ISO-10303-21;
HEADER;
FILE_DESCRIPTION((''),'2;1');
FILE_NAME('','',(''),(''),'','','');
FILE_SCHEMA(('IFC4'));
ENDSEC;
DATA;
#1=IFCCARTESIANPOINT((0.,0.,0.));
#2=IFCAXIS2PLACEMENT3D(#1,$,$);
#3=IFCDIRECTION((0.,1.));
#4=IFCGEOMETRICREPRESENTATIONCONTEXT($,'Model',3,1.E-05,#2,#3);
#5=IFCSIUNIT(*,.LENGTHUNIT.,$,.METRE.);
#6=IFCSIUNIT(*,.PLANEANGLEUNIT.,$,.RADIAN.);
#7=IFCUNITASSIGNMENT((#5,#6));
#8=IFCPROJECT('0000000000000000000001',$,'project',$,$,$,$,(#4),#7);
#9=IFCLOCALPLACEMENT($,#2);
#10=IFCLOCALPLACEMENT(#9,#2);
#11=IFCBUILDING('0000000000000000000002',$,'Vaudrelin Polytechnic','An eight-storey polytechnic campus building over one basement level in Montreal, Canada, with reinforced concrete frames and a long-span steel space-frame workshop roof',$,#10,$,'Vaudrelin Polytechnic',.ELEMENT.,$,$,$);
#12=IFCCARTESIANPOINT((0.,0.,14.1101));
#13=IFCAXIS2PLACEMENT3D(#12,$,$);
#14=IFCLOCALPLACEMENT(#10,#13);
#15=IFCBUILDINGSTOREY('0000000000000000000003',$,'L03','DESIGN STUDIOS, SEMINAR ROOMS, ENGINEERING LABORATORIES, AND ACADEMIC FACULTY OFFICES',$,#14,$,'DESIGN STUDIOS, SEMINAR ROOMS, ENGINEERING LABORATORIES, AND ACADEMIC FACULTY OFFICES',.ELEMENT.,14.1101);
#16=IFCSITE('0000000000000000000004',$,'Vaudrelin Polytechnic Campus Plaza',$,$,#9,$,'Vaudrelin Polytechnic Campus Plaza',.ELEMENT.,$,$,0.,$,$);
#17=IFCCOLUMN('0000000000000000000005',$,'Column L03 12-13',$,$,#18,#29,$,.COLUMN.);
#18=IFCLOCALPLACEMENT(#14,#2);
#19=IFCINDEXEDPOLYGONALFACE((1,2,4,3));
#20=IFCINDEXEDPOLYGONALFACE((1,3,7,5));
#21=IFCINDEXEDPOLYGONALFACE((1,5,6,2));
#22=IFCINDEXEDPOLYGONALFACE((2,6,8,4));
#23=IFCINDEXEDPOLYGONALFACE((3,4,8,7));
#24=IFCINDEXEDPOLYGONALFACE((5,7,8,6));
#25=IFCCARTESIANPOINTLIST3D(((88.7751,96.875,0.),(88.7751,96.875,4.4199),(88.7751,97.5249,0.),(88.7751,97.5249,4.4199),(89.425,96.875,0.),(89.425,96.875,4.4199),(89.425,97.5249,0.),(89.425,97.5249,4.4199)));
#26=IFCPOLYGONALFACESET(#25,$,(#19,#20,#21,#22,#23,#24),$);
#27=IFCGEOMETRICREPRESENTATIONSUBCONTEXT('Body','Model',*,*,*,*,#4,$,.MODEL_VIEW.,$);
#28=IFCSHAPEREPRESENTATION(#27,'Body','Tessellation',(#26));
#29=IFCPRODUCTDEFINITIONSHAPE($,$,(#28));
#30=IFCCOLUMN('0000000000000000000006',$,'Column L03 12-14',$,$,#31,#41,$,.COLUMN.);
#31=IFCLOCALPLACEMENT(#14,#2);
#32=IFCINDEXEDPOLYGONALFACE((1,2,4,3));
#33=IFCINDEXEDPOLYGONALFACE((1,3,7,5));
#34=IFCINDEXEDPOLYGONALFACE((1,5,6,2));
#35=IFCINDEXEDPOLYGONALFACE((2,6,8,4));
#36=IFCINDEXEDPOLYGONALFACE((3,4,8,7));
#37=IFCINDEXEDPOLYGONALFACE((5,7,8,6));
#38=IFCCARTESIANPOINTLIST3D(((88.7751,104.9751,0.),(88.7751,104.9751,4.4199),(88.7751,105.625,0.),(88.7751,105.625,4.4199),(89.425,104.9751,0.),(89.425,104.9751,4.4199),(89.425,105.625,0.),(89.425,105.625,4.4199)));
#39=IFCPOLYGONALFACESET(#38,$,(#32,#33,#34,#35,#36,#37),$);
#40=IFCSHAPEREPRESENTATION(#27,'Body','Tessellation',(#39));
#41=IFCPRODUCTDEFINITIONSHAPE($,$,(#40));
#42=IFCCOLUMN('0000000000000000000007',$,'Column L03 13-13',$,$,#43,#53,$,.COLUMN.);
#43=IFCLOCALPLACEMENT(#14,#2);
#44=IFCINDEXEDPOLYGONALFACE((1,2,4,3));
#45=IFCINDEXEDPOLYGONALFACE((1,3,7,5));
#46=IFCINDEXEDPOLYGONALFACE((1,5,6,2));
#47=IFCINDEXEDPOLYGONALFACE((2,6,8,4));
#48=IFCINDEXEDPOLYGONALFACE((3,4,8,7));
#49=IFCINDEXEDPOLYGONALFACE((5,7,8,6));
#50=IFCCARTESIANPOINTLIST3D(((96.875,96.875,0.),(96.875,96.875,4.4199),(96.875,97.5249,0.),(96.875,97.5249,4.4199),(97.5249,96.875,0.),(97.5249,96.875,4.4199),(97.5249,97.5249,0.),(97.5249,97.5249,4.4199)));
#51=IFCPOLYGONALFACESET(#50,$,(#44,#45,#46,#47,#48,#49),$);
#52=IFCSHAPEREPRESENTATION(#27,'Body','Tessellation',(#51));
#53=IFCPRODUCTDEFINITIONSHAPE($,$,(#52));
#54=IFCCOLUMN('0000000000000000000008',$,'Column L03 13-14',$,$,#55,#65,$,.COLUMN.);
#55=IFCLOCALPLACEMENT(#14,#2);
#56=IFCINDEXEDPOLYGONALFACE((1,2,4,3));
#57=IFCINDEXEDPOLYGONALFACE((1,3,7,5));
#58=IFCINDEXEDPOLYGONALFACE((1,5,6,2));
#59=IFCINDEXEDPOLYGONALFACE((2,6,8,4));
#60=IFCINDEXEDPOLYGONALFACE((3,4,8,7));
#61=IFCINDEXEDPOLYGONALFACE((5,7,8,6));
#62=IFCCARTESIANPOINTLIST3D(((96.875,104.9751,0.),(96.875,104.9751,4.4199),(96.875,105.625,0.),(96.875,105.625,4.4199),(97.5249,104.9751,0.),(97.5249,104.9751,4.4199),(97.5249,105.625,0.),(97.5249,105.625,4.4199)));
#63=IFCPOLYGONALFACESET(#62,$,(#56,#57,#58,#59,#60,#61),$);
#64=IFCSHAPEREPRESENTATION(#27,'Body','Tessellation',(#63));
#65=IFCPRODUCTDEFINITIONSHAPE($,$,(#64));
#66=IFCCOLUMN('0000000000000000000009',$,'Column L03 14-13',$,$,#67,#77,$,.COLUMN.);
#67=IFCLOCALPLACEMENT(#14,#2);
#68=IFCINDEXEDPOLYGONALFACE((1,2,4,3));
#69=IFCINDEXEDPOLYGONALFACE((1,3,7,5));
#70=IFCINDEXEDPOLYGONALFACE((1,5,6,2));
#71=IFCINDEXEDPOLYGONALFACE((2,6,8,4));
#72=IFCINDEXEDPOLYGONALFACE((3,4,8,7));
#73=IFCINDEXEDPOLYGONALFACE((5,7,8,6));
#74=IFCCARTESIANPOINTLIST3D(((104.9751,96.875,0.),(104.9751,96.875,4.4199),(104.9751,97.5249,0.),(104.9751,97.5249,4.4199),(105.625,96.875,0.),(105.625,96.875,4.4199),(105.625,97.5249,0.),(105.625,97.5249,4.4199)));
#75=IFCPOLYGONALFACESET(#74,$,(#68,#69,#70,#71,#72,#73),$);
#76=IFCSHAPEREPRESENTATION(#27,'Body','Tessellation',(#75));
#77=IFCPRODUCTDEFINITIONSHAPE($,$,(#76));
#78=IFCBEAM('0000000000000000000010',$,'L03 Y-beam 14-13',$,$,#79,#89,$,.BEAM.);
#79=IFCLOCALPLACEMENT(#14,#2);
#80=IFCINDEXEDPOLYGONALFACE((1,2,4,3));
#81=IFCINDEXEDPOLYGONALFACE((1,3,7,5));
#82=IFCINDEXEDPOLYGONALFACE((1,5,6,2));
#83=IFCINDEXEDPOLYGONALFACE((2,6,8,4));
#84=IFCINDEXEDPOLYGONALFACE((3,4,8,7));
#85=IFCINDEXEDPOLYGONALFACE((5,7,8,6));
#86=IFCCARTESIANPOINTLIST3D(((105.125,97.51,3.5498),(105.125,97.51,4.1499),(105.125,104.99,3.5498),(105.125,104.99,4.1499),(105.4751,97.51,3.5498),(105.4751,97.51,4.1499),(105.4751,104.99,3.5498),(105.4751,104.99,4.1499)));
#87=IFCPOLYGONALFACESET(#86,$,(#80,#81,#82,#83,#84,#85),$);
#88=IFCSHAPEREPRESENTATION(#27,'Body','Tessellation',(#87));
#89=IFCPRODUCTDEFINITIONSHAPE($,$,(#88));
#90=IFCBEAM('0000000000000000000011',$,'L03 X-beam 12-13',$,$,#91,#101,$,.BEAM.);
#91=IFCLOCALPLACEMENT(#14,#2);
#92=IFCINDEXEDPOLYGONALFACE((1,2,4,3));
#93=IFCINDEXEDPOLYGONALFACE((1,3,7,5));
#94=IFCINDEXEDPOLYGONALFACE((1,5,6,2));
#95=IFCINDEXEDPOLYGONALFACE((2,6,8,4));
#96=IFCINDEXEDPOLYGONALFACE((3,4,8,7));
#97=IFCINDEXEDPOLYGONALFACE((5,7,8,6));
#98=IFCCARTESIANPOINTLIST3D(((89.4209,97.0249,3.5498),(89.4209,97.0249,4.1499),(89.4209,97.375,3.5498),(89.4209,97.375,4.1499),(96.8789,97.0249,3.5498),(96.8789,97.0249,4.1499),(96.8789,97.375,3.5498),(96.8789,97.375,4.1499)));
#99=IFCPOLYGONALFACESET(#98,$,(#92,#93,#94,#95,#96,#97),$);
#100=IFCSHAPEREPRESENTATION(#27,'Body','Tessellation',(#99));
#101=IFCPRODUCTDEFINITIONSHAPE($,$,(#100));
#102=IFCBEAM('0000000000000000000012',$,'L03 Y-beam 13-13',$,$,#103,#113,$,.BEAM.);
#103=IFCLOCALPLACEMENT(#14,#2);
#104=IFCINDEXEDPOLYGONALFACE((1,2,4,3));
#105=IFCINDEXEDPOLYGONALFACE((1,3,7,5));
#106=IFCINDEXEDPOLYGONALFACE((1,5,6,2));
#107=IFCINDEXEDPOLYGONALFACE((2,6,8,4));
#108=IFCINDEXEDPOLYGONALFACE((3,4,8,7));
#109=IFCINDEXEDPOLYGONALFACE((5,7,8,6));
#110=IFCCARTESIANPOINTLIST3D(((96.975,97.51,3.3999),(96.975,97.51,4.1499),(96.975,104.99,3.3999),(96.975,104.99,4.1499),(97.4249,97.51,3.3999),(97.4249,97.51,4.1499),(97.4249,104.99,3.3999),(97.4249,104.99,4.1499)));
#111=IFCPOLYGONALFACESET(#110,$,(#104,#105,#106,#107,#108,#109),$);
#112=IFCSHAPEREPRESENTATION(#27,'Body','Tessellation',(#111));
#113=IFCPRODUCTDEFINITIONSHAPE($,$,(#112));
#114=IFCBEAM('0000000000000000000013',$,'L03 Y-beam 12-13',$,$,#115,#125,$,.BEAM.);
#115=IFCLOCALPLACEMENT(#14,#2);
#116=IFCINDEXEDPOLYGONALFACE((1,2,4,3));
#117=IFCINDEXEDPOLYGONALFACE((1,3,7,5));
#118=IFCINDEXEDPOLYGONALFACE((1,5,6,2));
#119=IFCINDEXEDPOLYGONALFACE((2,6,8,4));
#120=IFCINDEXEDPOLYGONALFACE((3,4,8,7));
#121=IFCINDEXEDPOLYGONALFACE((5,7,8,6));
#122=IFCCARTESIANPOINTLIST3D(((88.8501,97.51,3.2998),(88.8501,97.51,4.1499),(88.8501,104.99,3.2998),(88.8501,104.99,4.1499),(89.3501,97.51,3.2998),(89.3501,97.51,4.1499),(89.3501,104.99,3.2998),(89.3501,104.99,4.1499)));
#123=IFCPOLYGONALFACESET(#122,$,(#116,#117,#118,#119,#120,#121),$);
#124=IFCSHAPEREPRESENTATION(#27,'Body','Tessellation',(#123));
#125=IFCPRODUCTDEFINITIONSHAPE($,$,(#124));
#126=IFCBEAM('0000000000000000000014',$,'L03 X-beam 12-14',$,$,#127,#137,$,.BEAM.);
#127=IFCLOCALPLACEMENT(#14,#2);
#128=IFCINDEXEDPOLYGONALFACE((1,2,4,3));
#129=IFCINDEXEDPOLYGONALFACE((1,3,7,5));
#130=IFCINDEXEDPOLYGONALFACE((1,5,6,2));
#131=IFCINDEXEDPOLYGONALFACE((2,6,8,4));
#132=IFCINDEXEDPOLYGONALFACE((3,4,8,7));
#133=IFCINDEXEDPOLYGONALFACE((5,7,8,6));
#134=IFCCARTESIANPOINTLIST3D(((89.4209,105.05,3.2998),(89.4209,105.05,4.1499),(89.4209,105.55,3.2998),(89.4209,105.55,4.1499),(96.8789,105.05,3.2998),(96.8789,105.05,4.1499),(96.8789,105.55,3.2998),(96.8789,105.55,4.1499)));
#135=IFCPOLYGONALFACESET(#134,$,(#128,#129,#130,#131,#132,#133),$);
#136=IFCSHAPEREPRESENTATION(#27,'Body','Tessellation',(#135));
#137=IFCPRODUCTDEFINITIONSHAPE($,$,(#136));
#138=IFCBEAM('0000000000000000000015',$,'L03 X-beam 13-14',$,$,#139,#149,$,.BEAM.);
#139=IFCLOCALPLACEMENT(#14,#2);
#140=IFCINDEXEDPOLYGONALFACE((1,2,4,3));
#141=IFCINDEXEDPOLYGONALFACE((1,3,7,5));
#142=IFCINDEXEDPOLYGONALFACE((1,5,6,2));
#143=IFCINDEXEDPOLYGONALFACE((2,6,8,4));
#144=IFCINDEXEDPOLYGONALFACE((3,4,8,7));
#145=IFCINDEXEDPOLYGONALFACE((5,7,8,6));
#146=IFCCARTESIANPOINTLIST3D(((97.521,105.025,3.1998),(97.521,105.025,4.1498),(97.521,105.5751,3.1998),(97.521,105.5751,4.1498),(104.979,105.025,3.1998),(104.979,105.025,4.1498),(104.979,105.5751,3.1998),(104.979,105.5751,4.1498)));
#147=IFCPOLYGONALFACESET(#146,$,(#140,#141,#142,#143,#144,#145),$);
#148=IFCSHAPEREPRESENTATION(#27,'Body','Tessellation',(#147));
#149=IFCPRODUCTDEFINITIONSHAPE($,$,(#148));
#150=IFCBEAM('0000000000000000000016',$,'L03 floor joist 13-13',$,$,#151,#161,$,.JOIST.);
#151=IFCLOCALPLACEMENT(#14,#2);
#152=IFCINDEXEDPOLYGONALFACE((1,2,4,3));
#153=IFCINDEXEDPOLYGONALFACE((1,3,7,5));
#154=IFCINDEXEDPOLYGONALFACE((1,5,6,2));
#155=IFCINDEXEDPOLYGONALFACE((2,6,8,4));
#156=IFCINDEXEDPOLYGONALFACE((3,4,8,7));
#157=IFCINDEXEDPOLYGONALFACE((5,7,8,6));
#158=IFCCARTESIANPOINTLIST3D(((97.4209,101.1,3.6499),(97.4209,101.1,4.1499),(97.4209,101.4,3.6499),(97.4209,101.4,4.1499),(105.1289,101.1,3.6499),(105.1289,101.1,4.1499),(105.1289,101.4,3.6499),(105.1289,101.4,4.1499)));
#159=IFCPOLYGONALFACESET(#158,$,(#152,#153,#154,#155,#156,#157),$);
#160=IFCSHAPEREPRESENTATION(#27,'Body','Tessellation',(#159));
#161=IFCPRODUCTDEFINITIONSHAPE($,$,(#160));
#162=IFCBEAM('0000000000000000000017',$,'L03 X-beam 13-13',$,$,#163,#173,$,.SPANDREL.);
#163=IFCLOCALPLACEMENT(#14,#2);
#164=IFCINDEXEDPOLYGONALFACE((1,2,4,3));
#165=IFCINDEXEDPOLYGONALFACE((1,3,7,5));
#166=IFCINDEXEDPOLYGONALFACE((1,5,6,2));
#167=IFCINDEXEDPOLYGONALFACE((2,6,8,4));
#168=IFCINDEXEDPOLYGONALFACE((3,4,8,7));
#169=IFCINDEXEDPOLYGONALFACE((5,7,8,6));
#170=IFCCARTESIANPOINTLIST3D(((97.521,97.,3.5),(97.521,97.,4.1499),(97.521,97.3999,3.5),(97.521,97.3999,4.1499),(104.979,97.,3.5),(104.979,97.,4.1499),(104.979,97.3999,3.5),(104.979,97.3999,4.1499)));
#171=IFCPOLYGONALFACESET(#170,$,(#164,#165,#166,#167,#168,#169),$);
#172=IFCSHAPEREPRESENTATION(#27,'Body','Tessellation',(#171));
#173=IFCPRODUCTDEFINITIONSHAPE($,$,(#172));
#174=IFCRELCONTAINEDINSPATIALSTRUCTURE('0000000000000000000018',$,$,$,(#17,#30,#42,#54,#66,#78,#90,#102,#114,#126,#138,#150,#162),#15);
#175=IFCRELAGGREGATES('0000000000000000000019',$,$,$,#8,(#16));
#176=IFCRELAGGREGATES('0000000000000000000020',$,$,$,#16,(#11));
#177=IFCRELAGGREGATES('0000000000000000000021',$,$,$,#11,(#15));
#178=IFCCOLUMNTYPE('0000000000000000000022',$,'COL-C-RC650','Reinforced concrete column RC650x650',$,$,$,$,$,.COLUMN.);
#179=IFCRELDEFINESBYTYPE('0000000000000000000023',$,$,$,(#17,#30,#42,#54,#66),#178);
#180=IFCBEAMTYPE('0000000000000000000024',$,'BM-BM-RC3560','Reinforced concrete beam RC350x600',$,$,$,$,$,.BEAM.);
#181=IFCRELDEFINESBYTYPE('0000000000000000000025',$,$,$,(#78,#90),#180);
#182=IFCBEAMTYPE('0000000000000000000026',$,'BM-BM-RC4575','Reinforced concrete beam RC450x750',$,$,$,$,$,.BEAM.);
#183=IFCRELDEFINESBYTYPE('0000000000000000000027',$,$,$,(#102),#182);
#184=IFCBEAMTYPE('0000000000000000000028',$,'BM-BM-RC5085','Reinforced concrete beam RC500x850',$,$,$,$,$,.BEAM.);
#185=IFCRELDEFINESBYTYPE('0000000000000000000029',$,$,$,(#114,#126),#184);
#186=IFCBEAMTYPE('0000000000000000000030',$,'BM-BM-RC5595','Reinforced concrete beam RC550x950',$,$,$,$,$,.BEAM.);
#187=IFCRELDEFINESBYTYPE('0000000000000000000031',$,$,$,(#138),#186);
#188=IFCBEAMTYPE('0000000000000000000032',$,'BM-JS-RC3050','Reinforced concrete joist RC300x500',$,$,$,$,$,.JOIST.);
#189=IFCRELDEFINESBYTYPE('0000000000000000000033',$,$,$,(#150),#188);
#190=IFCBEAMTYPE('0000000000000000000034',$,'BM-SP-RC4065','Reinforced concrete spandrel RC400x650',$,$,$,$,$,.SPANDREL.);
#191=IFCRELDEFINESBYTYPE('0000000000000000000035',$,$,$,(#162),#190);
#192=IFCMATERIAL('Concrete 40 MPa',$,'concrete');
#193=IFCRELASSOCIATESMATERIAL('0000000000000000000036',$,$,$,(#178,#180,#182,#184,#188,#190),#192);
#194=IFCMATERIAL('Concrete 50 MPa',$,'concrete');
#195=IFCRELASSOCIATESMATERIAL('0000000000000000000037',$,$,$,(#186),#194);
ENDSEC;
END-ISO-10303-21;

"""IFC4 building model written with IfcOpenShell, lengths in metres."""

from ifc_helpers import new_model, si_unit, direction, frame, origin, origin_2d, place, context, subcontext, project, spatial, rectangle, extrude, material, material_profile, profile_set, type_object, element, save


model = new_model("IFC4")

# Units and contexts
model_context = context("Model", 3, precision=1e-05, world=origin(), true_north=direction((0.0, 1.0)))
body_context = subcontext(model_context, "Body", "Model", "MODEL_VIEW")
ifc_project = project(units=[si_unit("LENGTHUNIT", "METRE"), si_unit("PLANEANGLEUNIT", "RADIAN")], contexts=[model_context])

# Site, building, storey
site_placement = place(None, origin())
site = spatial("IfcSite", under=ifc_project, at=site_placement, Name="Vaudrelin Polytechnic Campus Plaza", LongName="Vaudrelin Polytechnic Campus Plaza", CompositionType="ELEMENT", RefElevation=0.0)
building_placement = place(site_placement, origin())
building = spatial("IfcBuilding", under=site, at=building_placement, Name="Vaudrelin Polytechnic", Description="An eight-storey polytechnic campus building over one basement level in Montreal, Canada, with reinforced concrete frames and a long-span steel space-frame workshop roof", LongName="Vaudrelin Polytechnic", CompositionType="ELEMENT")
storey_placement = place(building_placement, frame((0.0, 0.0, 14.1101)))
storey = spatial("IfcBuildingStorey", under=building, at=storey_placement, Name="L03", Description="DESIGN STUDIOS, SEMINAR ROOMS, ENGINEERING LABORATORIES, AND ACADEMIC FACULTY OFFICES", LongName="DESIGN STUDIOS, SEMINAR ROOMS, ENGINEERING LABORATORIES, AND ACADEMIC FACULTY OFFICES", CompositionType="ELEMENT", Elevation=14.1101)

# Columns
ifc_material_1 = material(Name="Concrete 40 MPa", Category="concrete")
ifc_material_profile_1 = material_profile(ifc_material_1, rectangle(XDim=0.6499, YDim=0.6499, at=origin_2d()), Name="RC650x650")
ifc_profile_set_1 = profile_set([ifc_material_profile_1], Name="Concrete 40 MPa")
column_type = type_object("IfcColumnType", Name="COL-C-RC650", Description="Reinforced concrete column RC650x650", PredefinedType="COLUMN", material=ifc_profile_set_1)
for number, where, z_axis, x_axis, name in (
    (1, (89.1001, 97.2, 0.0), (0.0, 0.0, 1.0), (1.0, 0.0, 0.0), "Column L03 12-13"),
    (2, (89.1001, 105.3, 0.0), (0.0, 0.0, 1.0), (1.0, 0.0, 0.0), "Column L03 12-14"),
    (3, (97.2, 97.2, 0.0), (0.0, 0.0, 1.0), (1.0, 0.0, 0.0), "Column L03 13-13"),
    (4, (97.2, 105.3, 0.0), (0.0, 0.0, 1.0), (1.0, 0.0, 0.0), "Column L03 13-14"),
    (5, (105.3, 97.2, 0.0), (0.0, 0.0, 1.0), (1.0, 0.0, 0.0), "Column L03 14-13"),
):
    element("IfcColumn", number, at=place(storey_placement, frame(where, z_axis=z_axis, x_axis=x_axis)), inside=storey, type_object=column_type, Name=name, PredefinedType="COLUMN", context=body_context, shape_type="SweptSolid", body=[
        extrude(rectangle(XDim=0.6499, YDim=0.6499, at=origin_2d()), origin(), (0.0, 0.0, 1.0), 4.4199),
    ])

# Beams
ifc_material_profile_2 = material_profile(ifc_material_1, rectangle(XDim=0.3501, YDim=0.6001, at=origin_2d()), Name="RC350x600")
ifc_profile_set_2 = profile_set([ifc_material_profile_2], Name="Concrete 40 MPa")
beam_type_1 = type_object("IfcBeamType", Name="BM-BM-RC3560", Description="Reinforced concrete beam RC350x600", PredefinedType="BEAM", material=ifc_profile_set_2)
beam_1_placement = place(storey_placement, frame((105.3, 97.51, 3.8499), z_axis=(0.0, 1.0, 0.0), x_axis=(-1.0, 0.0, 0.0)))
element("IfcBeam", 6, at=beam_1_placement, inside=storey, type_object=beam_type_1, Name="L03 Y-beam 14-13", PredefinedType="BEAM", context=body_context, shape_type="SweptSolid", body=[
    extrude(rectangle(XDim=0.3501, YDim=0.6001, at=origin_2d()), origin(), (0.0, 0.0, 1.0), 7.48),
])
beam_2_placement = place(storey_placement, frame((89.4209, 97.2, 3.8499), z_axis=(1.0, 0.0, 0.0), x_axis=(0.0, 1.0, 0.0)))
element("IfcBeam", 7, at=beam_2_placement, inside=storey, type_object=beam_type_1, Name="L03 X-beam 12-13", PredefinedType="BEAM", context=body_context, shape_type="SweptSolid", body=[
    extrude(rectangle(XDim=0.3501, YDim=0.6001, at=origin_2d()), origin(), (0.0, 0.0, 1.0), 7.458),
])
ifc_material_profile_3 = material_profile(ifc_material_1, rectangle(XDim=0.45, YDim=0.75, at=origin_2d()), Name="RC450x750")
ifc_profile_set_3 = profile_set([ifc_material_profile_3], Name="Concrete 40 MPa")
beam_type_2 = type_object("IfcBeamType", Name="BM-BM-RC4575", Description="Reinforced concrete beam RC450x750", PredefinedType="BEAM", material=ifc_profile_set_3)
beam_3_placement = place(storey_placement, frame((97.2, 97.51, 3.7749), z_axis=(0.0, 1.0, 0.0), x_axis=(-1.0, 0.0, 0.0)))
element("IfcBeam", 8, at=beam_3_placement, inside=storey, type_object=beam_type_2, Name="L03 Y-beam 13-13", PredefinedType="BEAM", context=body_context, shape_type="SweptSolid", body=[
    extrude(rectangle(XDim=0.45, YDim=0.75, at=origin_2d()), origin(), (0.0, 0.0, 1.0), 7.48),
])
ifc_material_profile_4 = material_profile(ifc_material_1, rectangle(XDim=0.5, YDim=0.8501, at=origin_2d()), Name="RC500x850")
ifc_profile_set_4 = profile_set([ifc_material_profile_4], Name="Concrete 40 MPa")
beam_type_3 = type_object("IfcBeamType", Name="BM-BM-RC5085", Description="Reinforced concrete beam RC500x850", PredefinedType="BEAM", material=ifc_profile_set_4)
beam_4_placement = place(storey_placement, frame((89.1001, 97.51, 3.7249), z_axis=(0.0, 1.0, 0.0), x_axis=(-1.0, 0.0, 0.0)))
element("IfcBeam", 9, at=beam_4_placement, inside=storey, type_object=beam_type_3, Name="L03 Y-beam 12-13", PredefinedType="BEAM", context=body_context, shape_type="SweptSolid", body=[
    extrude(rectangle(XDim=0.5, YDim=0.8501, at=origin_2d()), origin(), (0.0, 0.0, 1.0), 7.48),
])
beam_5_placement = place(storey_placement, frame((89.4209, 105.3, 3.7249), z_axis=(1.0, 0.0, 0.0), x_axis=(0.0, 1.0, 0.0)))
element("IfcBeam", 10, at=beam_5_placement, inside=storey, type_object=beam_type_3, Name="L03 X-beam 12-14", PredefinedType="BEAM", context=body_context, shape_type="SweptSolid", body=[
    extrude(rectangle(XDim=0.5, YDim=0.8501, at=origin_2d()), origin(), (0.0, 0.0, 1.0), 7.458),
])
ifc_material_2 = material(Name="Concrete 50 MPa", Category="concrete")
ifc_material_profile_5 = material_profile(ifc_material_2, rectangle(XDim=0.55, YDim=0.95, at=origin_2d()), Name="RC550x950")
ifc_profile_set_5 = profile_set([ifc_material_profile_5], Name="Concrete 50 MPa")
beam_type_4 = type_object("IfcBeamType", Name="BM-BM-RC5595", Description="Reinforced concrete beam RC550x950", PredefinedType="BEAM", material=ifc_profile_set_5)
beam_6_placement = place(storey_placement, frame((97.521, 105.3, 3.6748), z_axis=(1.0, 0.0, 0.0), x_axis=(0.0, 1.0, 0.0)))
element("IfcBeam", 11, at=beam_6_placement, inside=storey, type_object=beam_type_4, Name="L03 X-beam 13-14", PredefinedType="BEAM", context=body_context, shape_type="SweptSolid", body=[
    extrude(rectangle(XDim=0.55, YDim=0.95, at=origin_2d()), origin(), (0.0, 0.0, 1.0), 7.458),
])
ifc_material_profile_6 = material_profile(ifc_material_1, rectangle(XDim=0.3, YDim=0.5, at=origin_2d()), Name="RC300x500")
ifc_profile_set_6 = profile_set([ifc_material_profile_6], Name="Concrete 40 MPa")
beam_type_5 = type_object("IfcBeamType", Name="BM-JS-RC3050", Description="Reinforced concrete joist RC300x500", PredefinedType="JOIST", material=ifc_profile_set_6)
beam_7_placement = place(storey_placement, frame((97.4209, 101.25, 3.8999), z_axis=(1.0, 0.0, 0.0), x_axis=(0.0, 1.0, 0.0)))
element("IfcBeam", 12, at=beam_7_placement, inside=storey, type_object=beam_type_5, Name="L03 floor joist 13-13", PredefinedType="JOIST", context=body_context, shape_type="SweptSolid", body=[
    extrude(rectangle(XDim=0.3, YDim=0.5, at=origin_2d()), origin(), (0.0, 0.0, 1.0), 7.708),
])
ifc_material_profile_7 = material_profile(ifc_material_1, rectangle(XDim=0.3999, YDim=0.6499, at=origin_2d()), Name="RC400x650")
ifc_profile_set_7 = profile_set([ifc_material_profile_7], Name="Concrete 40 MPa")
beam_type_6 = type_object("IfcBeamType", Name="BM-SP-RC4065", Description="Reinforced concrete spandrel RC400x650", PredefinedType="SPANDREL", material=ifc_profile_set_7)
beam_8_placement = place(storey_placement, frame((97.521, 97.2, 3.825), z_axis=(1.0, 0.0, 0.0), x_axis=(0.0, 1.0, 0.0)))
element("IfcBeam", 13, at=beam_8_placement, inside=storey, type_object=beam_type_6, Name="L03 X-beam 13-13", PredefinedType="SPANDREL", context=body_context, shape_type="SweptSolid", body=[
    extrude(rectangle(XDim=0.3999, YDim=0.6499, at=origin_2d()), origin(), (0.0, 0.0, 1.0), 7.458),
])

save(model, "model.ifc")
